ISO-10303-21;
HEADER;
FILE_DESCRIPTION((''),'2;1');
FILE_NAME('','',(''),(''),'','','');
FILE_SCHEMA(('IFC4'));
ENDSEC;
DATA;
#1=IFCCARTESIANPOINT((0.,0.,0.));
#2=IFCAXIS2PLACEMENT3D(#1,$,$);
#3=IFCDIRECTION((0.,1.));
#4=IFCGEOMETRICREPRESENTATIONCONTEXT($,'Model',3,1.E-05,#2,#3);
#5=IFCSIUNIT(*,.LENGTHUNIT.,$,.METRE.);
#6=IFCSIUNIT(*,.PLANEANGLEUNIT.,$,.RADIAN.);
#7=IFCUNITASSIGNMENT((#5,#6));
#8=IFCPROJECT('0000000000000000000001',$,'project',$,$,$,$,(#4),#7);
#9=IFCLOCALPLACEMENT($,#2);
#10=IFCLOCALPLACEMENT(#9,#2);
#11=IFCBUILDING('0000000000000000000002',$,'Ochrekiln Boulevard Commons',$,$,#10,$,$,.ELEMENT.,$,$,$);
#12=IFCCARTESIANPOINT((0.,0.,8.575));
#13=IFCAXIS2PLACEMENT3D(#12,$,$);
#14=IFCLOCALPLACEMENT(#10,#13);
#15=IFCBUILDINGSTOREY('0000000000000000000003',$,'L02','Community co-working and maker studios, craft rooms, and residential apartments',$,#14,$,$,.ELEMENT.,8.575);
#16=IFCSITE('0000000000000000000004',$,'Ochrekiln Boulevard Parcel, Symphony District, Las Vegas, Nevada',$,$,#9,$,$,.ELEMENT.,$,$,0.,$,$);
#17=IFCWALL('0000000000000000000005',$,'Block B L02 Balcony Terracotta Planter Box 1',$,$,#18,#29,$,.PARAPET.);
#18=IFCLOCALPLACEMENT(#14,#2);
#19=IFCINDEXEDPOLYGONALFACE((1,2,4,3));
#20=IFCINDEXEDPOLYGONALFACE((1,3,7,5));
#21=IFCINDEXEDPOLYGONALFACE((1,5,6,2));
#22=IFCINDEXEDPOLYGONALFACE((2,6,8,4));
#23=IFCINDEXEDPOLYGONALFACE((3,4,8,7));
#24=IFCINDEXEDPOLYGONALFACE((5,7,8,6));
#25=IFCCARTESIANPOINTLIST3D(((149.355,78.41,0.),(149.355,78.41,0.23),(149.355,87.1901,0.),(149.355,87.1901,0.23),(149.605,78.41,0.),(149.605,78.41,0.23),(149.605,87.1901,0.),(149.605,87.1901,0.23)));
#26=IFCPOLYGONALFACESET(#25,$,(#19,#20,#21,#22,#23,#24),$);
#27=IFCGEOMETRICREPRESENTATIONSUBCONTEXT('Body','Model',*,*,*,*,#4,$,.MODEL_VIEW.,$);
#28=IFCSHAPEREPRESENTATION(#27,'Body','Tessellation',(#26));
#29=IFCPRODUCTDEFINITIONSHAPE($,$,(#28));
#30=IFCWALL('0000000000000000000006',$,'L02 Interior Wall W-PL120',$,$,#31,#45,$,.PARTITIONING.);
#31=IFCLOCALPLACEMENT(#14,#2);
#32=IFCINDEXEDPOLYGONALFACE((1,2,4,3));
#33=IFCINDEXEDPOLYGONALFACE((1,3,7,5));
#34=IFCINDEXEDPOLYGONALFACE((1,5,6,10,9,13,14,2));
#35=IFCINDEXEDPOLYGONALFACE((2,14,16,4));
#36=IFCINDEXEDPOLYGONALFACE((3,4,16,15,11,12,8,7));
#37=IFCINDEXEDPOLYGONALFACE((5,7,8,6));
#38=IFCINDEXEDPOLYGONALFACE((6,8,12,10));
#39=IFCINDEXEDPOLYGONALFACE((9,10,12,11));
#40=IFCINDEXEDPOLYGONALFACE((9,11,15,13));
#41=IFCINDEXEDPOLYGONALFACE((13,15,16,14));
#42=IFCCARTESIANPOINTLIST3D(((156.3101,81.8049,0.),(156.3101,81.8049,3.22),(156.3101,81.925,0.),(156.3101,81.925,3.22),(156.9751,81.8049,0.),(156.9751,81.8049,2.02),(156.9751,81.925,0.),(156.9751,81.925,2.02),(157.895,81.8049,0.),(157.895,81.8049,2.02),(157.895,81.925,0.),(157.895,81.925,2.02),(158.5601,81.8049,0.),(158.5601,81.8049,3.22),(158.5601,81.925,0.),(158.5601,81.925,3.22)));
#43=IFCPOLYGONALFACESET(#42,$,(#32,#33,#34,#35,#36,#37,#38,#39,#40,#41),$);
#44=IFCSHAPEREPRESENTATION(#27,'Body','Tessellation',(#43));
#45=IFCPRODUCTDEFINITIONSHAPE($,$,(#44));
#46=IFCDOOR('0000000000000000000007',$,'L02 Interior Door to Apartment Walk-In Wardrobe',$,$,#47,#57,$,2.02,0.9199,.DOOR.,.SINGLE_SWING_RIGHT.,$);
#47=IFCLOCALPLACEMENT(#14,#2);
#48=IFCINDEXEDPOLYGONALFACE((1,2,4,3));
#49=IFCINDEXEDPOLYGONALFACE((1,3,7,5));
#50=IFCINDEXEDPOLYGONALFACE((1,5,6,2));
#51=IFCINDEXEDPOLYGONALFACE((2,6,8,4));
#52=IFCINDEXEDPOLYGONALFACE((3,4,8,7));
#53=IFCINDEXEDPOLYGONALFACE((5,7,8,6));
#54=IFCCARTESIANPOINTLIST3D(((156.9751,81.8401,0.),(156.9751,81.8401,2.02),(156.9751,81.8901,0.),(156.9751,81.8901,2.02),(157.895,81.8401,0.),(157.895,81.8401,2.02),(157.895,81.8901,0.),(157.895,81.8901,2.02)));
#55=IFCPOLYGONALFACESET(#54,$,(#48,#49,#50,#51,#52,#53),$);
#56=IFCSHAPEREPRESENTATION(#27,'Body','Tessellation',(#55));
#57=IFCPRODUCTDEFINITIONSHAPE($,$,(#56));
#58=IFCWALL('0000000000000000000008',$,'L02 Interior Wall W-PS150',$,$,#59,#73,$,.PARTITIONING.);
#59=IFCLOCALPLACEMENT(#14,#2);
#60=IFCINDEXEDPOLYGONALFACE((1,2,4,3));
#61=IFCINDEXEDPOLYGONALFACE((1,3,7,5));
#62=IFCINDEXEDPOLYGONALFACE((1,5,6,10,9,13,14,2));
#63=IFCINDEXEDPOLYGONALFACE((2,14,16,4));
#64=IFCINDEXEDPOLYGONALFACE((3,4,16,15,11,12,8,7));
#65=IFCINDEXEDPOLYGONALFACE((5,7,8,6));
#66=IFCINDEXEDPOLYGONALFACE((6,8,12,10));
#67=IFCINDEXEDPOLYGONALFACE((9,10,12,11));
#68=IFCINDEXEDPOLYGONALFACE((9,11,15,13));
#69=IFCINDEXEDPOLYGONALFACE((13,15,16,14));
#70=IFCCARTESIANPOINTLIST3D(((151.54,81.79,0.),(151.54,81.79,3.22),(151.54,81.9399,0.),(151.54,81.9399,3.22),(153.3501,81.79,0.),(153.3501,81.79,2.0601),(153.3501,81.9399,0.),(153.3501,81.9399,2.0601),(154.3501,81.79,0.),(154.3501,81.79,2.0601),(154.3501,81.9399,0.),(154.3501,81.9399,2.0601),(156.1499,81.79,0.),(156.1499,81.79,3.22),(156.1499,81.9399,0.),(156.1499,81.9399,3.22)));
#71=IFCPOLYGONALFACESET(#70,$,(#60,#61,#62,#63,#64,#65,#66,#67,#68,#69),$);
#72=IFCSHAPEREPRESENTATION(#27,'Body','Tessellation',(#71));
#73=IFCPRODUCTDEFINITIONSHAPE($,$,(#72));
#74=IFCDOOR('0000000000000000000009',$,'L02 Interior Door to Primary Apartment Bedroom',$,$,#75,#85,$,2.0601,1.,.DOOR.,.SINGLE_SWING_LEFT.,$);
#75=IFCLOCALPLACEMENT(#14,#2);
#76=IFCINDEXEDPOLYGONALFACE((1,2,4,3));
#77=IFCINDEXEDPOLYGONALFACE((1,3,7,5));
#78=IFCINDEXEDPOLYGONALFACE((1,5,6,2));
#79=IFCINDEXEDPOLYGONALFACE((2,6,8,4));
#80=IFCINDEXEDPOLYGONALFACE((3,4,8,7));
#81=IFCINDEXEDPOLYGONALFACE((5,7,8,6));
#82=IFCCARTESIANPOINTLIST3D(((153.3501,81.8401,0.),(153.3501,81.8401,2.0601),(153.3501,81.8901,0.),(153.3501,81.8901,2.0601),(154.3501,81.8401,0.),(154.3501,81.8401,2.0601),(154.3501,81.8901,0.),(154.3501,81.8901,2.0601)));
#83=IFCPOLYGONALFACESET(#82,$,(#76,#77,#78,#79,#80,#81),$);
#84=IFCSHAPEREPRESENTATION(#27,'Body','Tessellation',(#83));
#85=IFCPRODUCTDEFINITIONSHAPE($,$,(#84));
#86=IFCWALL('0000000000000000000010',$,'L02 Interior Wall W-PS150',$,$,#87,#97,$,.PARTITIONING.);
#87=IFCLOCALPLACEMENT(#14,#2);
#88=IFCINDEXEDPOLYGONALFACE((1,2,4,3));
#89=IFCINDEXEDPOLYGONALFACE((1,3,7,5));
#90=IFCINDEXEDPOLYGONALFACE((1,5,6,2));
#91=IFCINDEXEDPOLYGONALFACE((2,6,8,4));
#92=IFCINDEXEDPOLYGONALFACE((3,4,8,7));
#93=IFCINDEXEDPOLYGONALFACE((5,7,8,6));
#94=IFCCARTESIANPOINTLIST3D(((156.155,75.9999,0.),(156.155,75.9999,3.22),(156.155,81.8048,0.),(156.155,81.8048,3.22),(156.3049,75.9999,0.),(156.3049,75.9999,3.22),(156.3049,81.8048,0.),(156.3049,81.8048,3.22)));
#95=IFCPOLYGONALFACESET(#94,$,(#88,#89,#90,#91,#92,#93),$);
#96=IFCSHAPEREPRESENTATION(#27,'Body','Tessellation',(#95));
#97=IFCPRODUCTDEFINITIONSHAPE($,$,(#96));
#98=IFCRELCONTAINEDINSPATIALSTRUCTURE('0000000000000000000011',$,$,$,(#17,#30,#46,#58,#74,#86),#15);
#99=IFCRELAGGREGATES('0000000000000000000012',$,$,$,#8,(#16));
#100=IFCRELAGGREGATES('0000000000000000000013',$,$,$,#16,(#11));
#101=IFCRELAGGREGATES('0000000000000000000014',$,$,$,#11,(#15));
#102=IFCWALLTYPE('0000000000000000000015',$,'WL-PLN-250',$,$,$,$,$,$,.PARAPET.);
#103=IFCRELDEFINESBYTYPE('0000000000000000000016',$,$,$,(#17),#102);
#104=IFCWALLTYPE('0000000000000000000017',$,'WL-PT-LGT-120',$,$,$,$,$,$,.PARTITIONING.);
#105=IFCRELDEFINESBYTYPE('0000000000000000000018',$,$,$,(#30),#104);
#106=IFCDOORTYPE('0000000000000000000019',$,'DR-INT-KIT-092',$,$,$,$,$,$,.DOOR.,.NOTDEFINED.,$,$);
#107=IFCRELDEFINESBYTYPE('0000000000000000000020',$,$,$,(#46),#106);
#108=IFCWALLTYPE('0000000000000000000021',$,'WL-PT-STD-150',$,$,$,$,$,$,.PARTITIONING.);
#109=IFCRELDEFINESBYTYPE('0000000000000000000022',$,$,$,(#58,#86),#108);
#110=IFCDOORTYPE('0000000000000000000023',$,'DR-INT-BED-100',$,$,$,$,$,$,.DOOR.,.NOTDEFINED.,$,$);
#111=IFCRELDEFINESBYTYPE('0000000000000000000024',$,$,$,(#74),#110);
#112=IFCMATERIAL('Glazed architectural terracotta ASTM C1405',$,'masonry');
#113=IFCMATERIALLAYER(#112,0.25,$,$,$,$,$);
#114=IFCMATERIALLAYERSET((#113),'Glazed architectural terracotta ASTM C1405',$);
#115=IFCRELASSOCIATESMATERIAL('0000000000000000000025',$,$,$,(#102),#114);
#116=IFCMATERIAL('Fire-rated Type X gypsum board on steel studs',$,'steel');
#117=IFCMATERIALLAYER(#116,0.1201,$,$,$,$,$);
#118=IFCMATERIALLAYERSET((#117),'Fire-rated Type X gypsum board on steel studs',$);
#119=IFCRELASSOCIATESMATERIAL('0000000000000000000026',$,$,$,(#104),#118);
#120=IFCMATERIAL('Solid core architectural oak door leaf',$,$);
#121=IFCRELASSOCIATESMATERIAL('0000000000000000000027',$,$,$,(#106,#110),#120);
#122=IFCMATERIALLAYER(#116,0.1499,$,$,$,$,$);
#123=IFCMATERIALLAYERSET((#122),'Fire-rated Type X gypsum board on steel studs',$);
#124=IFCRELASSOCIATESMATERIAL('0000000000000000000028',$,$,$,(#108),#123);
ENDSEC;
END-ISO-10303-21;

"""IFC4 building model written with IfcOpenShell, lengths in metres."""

from ifc_helpers import new_model, si_unit, direction, frame, frame_2d, origin, place, context, subcontext, project, spatial, rectangle, extrude, material, layer, layer_set, type_object, element, fill, save


model = new_model("IFC4")

# Units and contexts
model_context = context("Model", 3, precision=1e-05, world=origin(), true_north=direction((0.0, 1.0)))
body_context = subcontext(model_context, "Body", "Model", "MODEL_VIEW")
ifc_project = project(units=[si_unit("LENGTHUNIT", "METRE"), si_unit("PLANEANGLEUNIT", "RADIAN")], contexts=[model_context])

# Site, building, storey
site_placement = place(None, origin())
site = spatial("IfcSite", under=ifc_project, at=site_placement, Name="Ochrekiln Boulevard Parcel, Symphony District, Las Vegas, Nevada", CompositionType="ELEMENT", RefElevation=0.0)
building_placement = place(site_placement, origin())
building = spatial("IfcBuilding", under=site, at=building_placement, Name="Ochrekiln Boulevard Commons", CompositionType="ELEMENT")
storey_placement = place(building_placement, frame((0.0, 0.0, 8.575)))
storey = spatial("IfcBuildingStorey", under=building, at=storey_placement, Name="L02", Description="Community co-working and maker studios, craft rooms, and residential apartments", CompositionType="ELEMENT", Elevation=8.575)

# Wall
ifc_material_1 = material(Name="Glazed architectural terracotta ASTM C1405", Category="masonry")
ifc_layer_1 = layer(ifc_material_1, 0.25)
ifc_layer_set_1 = layer_set([ifc_layer_1], Name="Glazed architectural terracotta ASTM C1405")
wall_type_1 = type_object("IfcWallType", Name="WL-PLN-250", PredefinedType="PARAPET", material=ifc_layer_set_1)
wall_1_placement = place(storey_placement, frame((149.48, 78.4099, 0.0), z_axis=(0.0, 0.0, 1.0), x_axis=(0.0, 1.0, 0.0)))
element("IfcWall", 1, at=wall_1_placement, inside=storey, type_object=wall_type_1, Name="Block B L02 Balcony Terracotta Planter Box 1", PredefinedType="PARAPET", context=body_context, shape_type="SweptSolid", body=[
    extrude(rectangle(XDim=8.78, YDim=0.25, at=frame_2d((4.3901, 0.0))), origin(), (0.0, 0.0, 1.0), 0.23),
])

# Walls, openings, doors
ifc_material_2 = material(Name="Fire-rated Type X gypsum board on steel studs", Category="steel")
ifc_layer_2 = layer(ifc_material_2, 0.1201)
ifc_layer_set_2 = layer_set([ifc_layer_2], Name="Fire-rated Type X gypsum board on steel studs")
wall_type_2 = type_object("IfcWallType", Name="WL-PT-LGT-120", PredefinedType="PARTITIONING", material=ifc_layer_set_2)
wall_2_placement = place(storey_placement, frame((156.3101, 81.865, 0.0), z_axis=(0.0, 0.0, 1.0), x_axis=(1.0, 0.0, 0.0)))
wall_2 = element("IfcWall", 2, at=wall_2_placement, inside=storey, type_object=wall_type_2, Name="L02 Interior Wall W-PL120", PredefinedType="PARTITIONING", context=body_context, shape_type="SweptSolid", body=[
    extrude(rectangle(XDim=2.25, YDim=0.1201, at=frame_2d((1.125, 0.0))), origin(), (0.0, 0.0, 1.0), 3.22),
])
opening_1_placement = place(wall_2_placement, frame((0.665, 0.0, 0.0)))
opening_1 = element("IfcOpeningElement", 3, at=opening_1_placement, cuts=wall_2, PredefinedType="OPENING", context=body_context, shape_type="SweptSolid", body=[
    extrude(rectangle(XDim=0.9199, YDim=2.02, at=frame_2d((0.46, 1.01))), frame((0.0, 0.0701, 0.0), z_axis=(0.0, -1.0, 0.0), x_axis=(1.0, 0.0, 0.0)), (0.0, 0.0, 1.0), 0.1401),
])
ifc_material_3 = material(Name="Solid core architectural oak door leaf")
door_type_1 = type_object("IfcDoorType", Name="DR-INT-KIT-092", OperationType="NOTDEFINED", PredefinedType="DOOR", material=ifc_material_3)
door_1_placement = place(opening_1_placement, frame((0.9199, 0.0, 0.0), z_axis=(0.0, 0.0, 1.0), x_axis=(-1.0, 0.0, 0.0)))
door_1 = element("IfcDoor", 4, at=door_1_placement, inside=storey, type_object=door_type_1, Name="L02 Interior Door to Apartment Walk-In Wardrobe", OperationType="SINGLE_SWING_RIGHT", OverallHeight=2.02, OverallWidth=0.9199, PredefinedType="DOOR", context=body_context, shape_type="SweptSolid", body=[
    extrude(rectangle(XDim=0.9199, YDim=2.02, at=frame_2d((0.46, 1.01))), frame((0.0, 0.0249, 0.0), z_axis=(0.0, -1.0, 0.0), x_axis=(1.0, 0.0, 0.0)), (0.0, 0.0, 1.0), 0.05),
])
fill(opening_1, door_1)
ifc_layer_3 = layer(ifc_material_2, 0.1499)
ifc_layer_set_3 = layer_set([ifc_layer_3], Name="Fire-rated Type X gypsum board on steel studs")
wall_type_3 = type_object("IfcWallType", Name="WL-PT-STD-150", PredefinedType="PARTITIONING", material=ifc_layer_set_3)
wall_3_placement = place(storey_placement, frame((151.54, 81.865, 0.0), z_axis=(0.0, 0.0, 1.0), x_axis=(1.0, 0.0, 0.0)))
wall_3 = element("IfcWall", 5, at=wall_3_placement, inside=storey, type_object=wall_type_3, Name="L02 Interior Wall W-PS150", PredefinedType="PARTITIONING", context=body_context, shape_type="SweptSolid", body=[
    extrude(rectangle(XDim=4.6099, YDim=0.1499, at=frame_2d((2.3049, 0.0))), origin(), (0.0, 0.0, 1.0), 3.22),
])
opening_2_placement = place(wall_3_placement, frame((1.8101, 0.0, 0.0)))
opening_2 = element("IfcOpeningElement", 6, at=opening_2_placement, cuts=wall_3, PredefinedType="OPENING", context=body_context, shape_type="SweptSolid", body=[
    extrude(rectangle(XDim=1.0, YDim=2.0601, at=frame_2d((0.5, 1.03))), frame((0.0, 0.085, 0.0), z_axis=(0.0, -1.0, 0.0), x_axis=(1.0, 0.0, 0.0)), (0.0, 0.0, 1.0), 0.1699),
])
door_type_2 = type_object("IfcDoorType", Name="DR-INT-BED-100", OperationType="NOTDEFINED", PredefinedType="DOOR", material=ifc_material_3)
door_2_placement = place(opening_2_placement, frame((1.0, 0.0, 0.0), z_axis=(0.0, 0.0, 1.0), x_axis=(-1.0, 0.0, 0.0)))
door_2 = element("IfcDoor", 7, at=door_2_placement, inside=storey, type_object=door_type_2, Name="L02 Interior Door to Primary Apartment Bedroom", OperationType="SINGLE_SWING_LEFT", OverallHeight=2.0601, OverallWidth=1.0, PredefinedType="DOOR", context=body_context, shape_type="SweptSolid", body=[
    extrude(rectangle(XDim=1.0, YDim=2.0601, at=frame_2d((0.5, 1.03))), frame((0.0, 0.0249, 0.0), z_axis=(0.0, -1.0, 0.0), x_axis=(1.0, 0.0, 0.0)), (0.0, 0.0, 1.0), 0.05),
])
fill(opening_2, door_2)

# Wall
wall_4_placement = place(storey_placement, frame((156.23, 76.0, 0.0), z_axis=(0.0, 0.0, 1.0), x_axis=(0.0, 1.0, 0.0)))
element("IfcWall", 8, at=wall_4_placement, inside=storey, type_object=wall_type_3, Name="L02 Interior Wall W-PS150", PredefinedType="PARTITIONING", context=body_context, shape_type="SweptSolid", body=[
    extrude(rectangle(XDim=5.8049, YDim=0.1499, at=frame_2d((2.9023, 0.0))), origin(), (0.0, 0.0, 1.0), 3.22),
])

save(model, "model.ifc")
